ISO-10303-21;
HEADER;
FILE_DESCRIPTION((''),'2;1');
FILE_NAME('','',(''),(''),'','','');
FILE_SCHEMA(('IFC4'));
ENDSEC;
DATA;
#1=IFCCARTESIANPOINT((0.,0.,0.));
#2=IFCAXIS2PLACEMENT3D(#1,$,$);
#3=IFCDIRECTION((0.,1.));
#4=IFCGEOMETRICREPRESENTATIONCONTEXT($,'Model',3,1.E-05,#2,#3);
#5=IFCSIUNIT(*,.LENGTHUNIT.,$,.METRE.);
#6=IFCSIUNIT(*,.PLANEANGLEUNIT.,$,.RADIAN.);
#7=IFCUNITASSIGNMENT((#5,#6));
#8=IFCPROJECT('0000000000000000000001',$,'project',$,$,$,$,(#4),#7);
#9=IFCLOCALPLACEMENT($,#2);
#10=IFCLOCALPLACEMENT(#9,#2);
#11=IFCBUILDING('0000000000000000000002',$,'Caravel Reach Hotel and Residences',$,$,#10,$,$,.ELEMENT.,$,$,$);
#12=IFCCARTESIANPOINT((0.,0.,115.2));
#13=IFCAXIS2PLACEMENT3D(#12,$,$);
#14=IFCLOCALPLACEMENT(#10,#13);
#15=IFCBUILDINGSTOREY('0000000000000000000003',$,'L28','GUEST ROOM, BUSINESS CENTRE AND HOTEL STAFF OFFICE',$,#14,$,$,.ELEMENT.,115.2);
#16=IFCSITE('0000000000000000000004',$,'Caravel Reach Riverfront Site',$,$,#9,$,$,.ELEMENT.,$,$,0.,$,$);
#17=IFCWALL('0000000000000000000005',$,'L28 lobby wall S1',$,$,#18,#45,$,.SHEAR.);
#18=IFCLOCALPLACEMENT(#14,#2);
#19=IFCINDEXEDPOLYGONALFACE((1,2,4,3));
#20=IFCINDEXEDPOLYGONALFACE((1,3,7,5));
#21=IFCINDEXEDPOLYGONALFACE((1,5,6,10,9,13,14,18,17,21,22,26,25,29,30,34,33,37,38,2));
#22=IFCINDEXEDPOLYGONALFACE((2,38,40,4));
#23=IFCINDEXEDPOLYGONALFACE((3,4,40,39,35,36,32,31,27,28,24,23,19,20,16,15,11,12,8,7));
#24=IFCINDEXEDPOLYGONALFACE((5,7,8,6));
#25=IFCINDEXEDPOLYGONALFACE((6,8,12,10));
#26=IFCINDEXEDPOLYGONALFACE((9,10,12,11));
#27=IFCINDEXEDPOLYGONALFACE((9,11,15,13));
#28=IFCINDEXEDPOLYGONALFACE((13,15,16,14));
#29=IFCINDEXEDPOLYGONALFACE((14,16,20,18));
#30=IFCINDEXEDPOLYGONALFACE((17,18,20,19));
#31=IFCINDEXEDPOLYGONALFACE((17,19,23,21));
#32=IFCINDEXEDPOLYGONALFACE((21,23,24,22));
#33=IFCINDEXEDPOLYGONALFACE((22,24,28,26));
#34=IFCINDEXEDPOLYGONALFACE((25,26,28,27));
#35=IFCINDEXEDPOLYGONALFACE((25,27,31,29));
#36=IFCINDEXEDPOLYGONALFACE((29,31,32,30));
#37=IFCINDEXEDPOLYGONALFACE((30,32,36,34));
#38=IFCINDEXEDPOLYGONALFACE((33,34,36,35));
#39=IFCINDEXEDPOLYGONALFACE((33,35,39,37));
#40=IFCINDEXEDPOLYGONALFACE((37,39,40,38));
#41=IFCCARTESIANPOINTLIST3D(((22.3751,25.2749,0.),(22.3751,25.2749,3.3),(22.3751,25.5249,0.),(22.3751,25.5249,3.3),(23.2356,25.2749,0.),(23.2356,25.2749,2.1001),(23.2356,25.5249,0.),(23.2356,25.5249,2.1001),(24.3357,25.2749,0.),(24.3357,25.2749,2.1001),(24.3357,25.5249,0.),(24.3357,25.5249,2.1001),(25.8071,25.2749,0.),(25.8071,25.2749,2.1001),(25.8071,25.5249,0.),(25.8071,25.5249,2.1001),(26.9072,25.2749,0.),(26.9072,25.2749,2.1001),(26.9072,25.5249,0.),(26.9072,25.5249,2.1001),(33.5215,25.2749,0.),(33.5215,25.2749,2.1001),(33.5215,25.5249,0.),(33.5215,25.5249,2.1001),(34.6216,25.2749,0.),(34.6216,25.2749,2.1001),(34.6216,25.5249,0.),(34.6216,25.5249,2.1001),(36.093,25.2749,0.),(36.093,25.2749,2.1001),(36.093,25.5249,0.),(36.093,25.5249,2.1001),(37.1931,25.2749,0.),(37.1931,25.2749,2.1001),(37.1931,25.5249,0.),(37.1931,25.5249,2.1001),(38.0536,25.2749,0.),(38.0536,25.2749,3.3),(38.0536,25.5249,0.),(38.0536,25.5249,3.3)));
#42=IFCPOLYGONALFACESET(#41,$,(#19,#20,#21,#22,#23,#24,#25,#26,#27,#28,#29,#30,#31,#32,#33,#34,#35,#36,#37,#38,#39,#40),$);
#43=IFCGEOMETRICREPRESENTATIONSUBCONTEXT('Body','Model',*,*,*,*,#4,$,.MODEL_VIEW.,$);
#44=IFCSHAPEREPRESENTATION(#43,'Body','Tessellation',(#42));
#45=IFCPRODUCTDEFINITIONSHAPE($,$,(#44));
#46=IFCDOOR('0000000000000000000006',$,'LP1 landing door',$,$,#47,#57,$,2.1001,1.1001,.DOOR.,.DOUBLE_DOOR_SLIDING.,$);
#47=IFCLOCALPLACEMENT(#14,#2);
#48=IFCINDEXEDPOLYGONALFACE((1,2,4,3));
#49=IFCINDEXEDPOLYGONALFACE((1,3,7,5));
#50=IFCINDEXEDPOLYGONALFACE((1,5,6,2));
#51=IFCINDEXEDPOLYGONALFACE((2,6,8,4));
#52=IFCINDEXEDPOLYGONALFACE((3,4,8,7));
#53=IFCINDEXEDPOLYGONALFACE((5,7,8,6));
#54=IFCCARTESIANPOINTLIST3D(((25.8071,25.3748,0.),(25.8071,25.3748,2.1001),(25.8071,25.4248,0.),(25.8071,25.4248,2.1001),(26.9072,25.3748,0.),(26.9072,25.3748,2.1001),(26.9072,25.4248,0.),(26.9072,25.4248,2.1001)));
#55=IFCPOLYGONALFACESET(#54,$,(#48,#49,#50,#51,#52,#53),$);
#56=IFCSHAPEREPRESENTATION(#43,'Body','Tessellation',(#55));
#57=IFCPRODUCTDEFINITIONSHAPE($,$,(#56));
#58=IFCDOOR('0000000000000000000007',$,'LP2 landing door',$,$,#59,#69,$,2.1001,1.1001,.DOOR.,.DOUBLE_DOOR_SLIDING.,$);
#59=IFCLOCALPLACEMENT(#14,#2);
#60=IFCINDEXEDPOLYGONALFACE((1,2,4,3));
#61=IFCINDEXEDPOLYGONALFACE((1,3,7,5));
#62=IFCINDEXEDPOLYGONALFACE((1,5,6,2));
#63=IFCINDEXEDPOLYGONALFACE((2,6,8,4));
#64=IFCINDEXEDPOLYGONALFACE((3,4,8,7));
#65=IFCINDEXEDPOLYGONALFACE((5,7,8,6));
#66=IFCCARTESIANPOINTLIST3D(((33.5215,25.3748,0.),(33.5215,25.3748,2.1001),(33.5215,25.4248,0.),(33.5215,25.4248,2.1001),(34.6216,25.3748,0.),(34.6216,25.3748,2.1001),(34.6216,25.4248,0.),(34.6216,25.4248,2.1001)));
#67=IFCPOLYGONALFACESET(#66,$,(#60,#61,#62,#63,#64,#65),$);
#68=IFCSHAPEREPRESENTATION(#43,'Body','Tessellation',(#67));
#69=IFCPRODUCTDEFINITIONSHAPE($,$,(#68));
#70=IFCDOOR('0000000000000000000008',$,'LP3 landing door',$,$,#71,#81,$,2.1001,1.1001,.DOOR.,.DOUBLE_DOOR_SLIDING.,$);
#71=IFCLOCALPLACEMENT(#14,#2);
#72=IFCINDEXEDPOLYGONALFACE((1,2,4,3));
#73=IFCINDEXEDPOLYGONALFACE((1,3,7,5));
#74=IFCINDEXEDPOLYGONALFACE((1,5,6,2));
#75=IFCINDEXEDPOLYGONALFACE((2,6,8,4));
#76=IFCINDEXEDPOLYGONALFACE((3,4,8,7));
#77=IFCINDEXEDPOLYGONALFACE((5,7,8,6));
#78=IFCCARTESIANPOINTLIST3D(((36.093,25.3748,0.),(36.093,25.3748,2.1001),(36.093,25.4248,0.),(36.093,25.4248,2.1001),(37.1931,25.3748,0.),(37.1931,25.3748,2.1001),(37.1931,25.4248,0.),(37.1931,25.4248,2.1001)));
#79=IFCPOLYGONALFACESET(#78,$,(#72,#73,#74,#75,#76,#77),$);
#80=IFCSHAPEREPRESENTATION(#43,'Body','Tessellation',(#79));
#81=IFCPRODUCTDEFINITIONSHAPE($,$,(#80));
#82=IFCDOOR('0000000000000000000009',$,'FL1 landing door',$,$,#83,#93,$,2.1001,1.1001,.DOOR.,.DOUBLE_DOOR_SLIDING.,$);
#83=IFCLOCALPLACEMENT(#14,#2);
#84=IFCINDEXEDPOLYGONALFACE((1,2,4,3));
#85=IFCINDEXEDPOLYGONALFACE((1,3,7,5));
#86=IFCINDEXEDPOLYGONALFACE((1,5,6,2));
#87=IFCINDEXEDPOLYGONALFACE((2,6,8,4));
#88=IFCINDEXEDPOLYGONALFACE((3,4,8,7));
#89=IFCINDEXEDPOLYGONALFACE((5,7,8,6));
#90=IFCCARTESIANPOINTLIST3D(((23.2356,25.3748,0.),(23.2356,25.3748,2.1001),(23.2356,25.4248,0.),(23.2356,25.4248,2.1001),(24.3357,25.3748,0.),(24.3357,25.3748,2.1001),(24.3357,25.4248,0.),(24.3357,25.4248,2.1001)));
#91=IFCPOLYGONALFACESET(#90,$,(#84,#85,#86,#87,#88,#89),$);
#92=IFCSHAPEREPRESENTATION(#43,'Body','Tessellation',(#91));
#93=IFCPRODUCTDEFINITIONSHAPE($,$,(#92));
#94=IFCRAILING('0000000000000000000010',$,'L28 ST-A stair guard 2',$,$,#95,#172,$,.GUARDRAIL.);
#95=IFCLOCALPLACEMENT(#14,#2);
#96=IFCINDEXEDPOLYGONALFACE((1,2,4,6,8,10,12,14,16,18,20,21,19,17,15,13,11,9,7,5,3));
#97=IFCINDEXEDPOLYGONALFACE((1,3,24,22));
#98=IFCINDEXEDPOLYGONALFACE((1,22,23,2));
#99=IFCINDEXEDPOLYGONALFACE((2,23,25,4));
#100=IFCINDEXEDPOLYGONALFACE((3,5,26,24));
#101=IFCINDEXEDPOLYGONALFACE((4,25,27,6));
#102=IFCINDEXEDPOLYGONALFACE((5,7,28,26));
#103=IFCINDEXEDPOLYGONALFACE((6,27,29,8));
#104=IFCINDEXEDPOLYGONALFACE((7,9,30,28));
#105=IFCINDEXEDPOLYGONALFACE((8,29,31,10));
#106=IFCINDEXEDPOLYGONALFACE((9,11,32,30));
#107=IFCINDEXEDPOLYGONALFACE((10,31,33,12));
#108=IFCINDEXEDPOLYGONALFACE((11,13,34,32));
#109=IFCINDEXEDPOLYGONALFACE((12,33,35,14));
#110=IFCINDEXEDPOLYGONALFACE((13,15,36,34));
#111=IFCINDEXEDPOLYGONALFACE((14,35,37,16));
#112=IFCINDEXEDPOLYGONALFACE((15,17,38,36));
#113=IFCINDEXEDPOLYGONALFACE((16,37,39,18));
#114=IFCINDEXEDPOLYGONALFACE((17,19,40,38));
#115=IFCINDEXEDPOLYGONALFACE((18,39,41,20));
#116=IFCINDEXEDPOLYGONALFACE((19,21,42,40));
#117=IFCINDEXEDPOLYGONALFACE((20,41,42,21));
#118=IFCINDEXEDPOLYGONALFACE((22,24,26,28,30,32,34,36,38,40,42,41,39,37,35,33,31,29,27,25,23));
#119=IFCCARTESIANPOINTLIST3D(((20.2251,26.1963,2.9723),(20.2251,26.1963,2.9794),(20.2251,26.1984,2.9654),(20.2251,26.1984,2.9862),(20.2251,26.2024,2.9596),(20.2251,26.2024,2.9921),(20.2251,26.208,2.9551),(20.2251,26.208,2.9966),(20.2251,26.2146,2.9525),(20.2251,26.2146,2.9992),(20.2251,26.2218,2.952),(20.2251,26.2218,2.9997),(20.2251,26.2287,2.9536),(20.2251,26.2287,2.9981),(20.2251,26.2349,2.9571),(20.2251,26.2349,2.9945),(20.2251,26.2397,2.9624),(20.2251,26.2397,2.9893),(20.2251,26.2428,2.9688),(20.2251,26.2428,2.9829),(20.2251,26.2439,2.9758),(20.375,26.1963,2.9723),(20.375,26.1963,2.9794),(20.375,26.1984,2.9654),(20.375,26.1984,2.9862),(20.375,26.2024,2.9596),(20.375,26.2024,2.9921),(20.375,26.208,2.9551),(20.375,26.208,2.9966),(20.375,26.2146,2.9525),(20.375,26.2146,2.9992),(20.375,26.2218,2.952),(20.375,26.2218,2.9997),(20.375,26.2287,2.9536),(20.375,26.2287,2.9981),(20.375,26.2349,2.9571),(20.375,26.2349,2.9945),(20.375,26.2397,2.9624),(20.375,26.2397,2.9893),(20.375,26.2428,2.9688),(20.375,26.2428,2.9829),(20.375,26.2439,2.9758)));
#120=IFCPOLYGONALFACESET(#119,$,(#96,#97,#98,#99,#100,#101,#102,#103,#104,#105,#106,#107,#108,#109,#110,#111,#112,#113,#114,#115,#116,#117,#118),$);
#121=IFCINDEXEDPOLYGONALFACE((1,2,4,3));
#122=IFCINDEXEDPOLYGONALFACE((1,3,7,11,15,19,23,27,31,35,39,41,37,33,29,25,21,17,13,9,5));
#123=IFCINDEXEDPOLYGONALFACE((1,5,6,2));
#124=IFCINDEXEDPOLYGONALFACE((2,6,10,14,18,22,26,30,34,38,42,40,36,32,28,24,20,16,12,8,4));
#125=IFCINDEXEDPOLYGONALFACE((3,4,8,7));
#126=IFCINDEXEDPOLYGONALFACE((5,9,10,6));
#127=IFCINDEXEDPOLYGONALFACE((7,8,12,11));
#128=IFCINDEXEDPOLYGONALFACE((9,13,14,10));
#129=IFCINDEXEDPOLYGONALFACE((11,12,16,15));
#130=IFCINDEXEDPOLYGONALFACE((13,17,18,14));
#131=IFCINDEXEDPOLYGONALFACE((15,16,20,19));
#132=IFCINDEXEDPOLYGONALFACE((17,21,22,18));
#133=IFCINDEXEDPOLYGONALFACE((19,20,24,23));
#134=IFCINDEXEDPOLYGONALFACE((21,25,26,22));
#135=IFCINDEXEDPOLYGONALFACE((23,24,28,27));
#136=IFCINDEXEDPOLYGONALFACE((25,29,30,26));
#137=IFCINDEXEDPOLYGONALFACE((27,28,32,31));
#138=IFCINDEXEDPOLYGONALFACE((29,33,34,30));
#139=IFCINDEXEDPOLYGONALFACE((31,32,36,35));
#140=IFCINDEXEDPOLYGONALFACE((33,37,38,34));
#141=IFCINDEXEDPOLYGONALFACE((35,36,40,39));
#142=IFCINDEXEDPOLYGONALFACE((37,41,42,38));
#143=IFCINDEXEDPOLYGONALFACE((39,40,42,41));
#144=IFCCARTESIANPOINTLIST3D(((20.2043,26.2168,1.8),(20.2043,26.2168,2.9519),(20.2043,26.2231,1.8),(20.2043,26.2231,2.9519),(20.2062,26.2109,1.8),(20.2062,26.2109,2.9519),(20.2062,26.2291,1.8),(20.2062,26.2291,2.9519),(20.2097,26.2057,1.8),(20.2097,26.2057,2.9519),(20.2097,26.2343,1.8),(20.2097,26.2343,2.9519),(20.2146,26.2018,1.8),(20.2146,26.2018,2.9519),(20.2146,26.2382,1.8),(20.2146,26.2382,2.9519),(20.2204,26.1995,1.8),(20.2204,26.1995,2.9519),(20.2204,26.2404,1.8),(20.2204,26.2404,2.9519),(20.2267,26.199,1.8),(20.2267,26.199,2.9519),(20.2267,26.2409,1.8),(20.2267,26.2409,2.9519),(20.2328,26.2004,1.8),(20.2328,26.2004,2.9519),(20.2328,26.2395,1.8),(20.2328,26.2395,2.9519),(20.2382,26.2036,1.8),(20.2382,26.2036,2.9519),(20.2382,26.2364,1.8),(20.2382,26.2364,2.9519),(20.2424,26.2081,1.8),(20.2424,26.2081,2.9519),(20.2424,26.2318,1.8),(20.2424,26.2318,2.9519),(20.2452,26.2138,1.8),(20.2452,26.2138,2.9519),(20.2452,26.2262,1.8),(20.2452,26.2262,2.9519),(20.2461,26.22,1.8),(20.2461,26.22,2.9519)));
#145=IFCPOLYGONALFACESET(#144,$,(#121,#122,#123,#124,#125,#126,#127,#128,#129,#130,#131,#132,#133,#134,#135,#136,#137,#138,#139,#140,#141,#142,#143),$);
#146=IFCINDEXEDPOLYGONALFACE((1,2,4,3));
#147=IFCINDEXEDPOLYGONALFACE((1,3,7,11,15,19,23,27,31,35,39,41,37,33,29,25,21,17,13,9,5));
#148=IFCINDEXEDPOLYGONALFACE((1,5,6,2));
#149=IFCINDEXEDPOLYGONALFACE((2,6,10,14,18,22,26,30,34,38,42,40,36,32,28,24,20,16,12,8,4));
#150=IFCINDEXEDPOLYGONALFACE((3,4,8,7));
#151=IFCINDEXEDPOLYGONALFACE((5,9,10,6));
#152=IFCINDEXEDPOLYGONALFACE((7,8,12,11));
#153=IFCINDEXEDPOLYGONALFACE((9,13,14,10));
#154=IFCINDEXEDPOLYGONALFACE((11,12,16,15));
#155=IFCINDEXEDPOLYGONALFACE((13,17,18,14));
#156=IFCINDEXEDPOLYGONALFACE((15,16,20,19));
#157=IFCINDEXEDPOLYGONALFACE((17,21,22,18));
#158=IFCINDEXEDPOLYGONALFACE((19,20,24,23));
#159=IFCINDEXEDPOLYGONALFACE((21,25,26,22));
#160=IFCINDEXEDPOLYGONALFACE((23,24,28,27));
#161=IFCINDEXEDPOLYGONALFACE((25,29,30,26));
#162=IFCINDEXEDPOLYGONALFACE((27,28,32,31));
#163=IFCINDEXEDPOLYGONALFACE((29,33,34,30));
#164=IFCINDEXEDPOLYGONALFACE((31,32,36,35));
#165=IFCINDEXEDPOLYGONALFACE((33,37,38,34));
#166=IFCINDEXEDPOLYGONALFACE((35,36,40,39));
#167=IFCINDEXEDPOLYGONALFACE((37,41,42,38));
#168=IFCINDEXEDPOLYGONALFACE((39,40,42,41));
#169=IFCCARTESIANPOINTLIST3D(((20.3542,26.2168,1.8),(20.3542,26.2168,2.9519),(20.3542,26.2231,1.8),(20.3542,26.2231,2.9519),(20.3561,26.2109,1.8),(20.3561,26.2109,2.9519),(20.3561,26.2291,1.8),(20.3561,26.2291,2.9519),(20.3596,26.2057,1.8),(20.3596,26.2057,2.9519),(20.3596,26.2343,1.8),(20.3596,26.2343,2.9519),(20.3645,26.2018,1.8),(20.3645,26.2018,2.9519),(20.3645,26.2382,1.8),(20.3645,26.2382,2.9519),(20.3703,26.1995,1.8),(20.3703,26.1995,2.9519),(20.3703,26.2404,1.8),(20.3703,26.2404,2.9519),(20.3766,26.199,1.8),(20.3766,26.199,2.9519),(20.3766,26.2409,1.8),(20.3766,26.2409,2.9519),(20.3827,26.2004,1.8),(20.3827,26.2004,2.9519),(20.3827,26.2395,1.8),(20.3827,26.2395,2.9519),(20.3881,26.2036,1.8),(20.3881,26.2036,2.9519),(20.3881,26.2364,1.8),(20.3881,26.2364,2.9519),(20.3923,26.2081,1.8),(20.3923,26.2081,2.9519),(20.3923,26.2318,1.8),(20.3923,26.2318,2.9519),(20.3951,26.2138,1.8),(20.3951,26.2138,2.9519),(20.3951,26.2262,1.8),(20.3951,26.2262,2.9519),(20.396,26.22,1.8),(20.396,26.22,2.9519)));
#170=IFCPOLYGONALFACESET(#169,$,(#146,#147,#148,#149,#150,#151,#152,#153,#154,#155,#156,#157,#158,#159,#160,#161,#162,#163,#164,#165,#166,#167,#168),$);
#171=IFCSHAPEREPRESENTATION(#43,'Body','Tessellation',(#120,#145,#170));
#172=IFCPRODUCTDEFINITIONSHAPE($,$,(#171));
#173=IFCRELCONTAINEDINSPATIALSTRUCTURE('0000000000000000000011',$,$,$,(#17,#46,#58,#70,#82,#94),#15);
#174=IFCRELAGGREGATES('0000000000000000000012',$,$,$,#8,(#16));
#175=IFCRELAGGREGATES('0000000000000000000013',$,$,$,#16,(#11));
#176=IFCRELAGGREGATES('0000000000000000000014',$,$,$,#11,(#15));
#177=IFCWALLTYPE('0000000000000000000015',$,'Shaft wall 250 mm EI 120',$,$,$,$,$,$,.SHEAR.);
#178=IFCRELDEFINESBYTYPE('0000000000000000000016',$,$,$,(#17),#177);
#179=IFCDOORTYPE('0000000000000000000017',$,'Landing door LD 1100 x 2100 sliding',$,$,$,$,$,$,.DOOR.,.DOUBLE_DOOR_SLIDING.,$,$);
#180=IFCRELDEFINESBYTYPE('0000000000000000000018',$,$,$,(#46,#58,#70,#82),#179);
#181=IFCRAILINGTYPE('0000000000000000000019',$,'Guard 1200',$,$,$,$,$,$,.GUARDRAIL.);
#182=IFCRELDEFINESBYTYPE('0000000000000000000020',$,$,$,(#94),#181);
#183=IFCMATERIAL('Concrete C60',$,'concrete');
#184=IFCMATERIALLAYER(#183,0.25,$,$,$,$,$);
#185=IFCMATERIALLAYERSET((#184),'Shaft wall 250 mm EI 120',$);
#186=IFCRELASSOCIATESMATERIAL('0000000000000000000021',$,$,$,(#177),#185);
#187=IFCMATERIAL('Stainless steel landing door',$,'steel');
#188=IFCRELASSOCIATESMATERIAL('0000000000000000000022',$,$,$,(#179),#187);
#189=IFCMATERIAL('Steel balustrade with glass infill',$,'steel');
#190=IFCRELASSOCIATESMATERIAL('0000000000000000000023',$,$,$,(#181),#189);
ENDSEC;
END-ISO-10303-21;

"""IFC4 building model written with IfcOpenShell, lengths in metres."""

from ifc_helpers import new_model, si_unit, direction, frame, frame_2d, origin, origin_2d, place, context, subcontext, project, spatial, rectangle, circle, extrude, material, layer, layer_set, type_object, element, fill, save


model = new_model("IFC4")

# Units and contexts
model_context = context("Model", 3, precision=1e-05, world=origin(), true_north=direction((0.0, 1.0)))
body_context = subcontext(model_context, "Body", "Model", "MODEL_VIEW")
ifc_project = project(units=[si_unit("LENGTHUNIT", "METRE"), si_unit("PLANEANGLEUNIT", "RADIAN")], contexts=[model_context])

# Site, building, storey
site_placement = place(None, origin())
site = spatial("IfcSite", under=ifc_project, at=site_placement, Name="Caravel Reach Riverfront Site", CompositionType="ELEMENT", RefElevation=0.0)
building_placement = place(site_placement, origin())
building = spatial("IfcBuilding", under=site, at=building_placement, Name="Caravel Reach Hotel and Residences", CompositionType="ELEMENT")
storey_placement = place(building_placement, frame((0.0, 0.0, 115.2)))
storey = spatial("IfcBuildingStorey", under=building, at=storey_placement, Name="L28", Description="GUEST ROOM, BUSINESS CENTRE AND HOTEL STAFF OFFICE", CompositionType="ELEMENT", Elevation=115.2)

# Wall, openings, doors
ifc_material_1 = material(Name="Concrete C60", Category="concrete")
ifc_layer_1 = layer(ifc_material_1, 0.25)
ifc_layer_set_1 = layer_set([ifc_layer_1], Name="Shaft wall 250 mm EI 120")
wall_type_1 = type_object("IfcWallType", Name="Shaft wall 250 mm EI 120", PredefinedType="SHEAR", material=ifc_layer_set_1)
wall_1_placement = place(storey_placement, frame((22.375, 25.3999, 0.0), z_axis=(0.0, 0.0, 1.0), x_axis=(1.0, 0.0, 0.0)))
wall_1 = element("IfcWall", 1, at=wall_1_placement, inside=storey, type_object=wall_type_1, Name="L28 lobby wall S1", PredefinedType="SHEAR", context=body_context, shape_type="SweptSolid", body=[
    extrude(rectangle(XDim=15.6785, YDim=0.25, at=frame_2d((7.8394, 0.0))), origin(), (0.0, 0.0, 1.0), 3.3),
])
opening_1_placement = place(wall_1_placement, frame((3.4321, 0.0, 0.0)))
opening_1 = element("IfcOpeningElement", 2, at=opening_1_placement, cuts=wall_1, PredefinedType="OPENING", context=body_context, shape_type="SweptSolid", body=[
    extrude(rectangle(XDim=1.1001, YDim=2.1001, at=frame_2d((0.55, 1.05))), frame((0.0, 0.135, 0.0), z_axis=(0.0, -1.0, 0.0), x_axis=(1.0, 0.0, 0.0)), (0.0, 0.0, 1.0), 0.27),
])
opening_2_placement = place(wall_1_placement, frame((11.1465, 0.0, 0.0)))
opening_2 = element("IfcOpeningElement", 3, at=opening_2_placement, cuts=wall_1, PredefinedType="OPENING", context=body_context, shape_type="SweptSolid", body=[
    extrude(rectangle(XDim=1.1001, YDim=2.1001, at=frame_2d((0.55, 1.05))), frame((0.0, 0.135, 0.0), z_axis=(0.0, -1.0, 0.0), x_axis=(1.0, 0.0, 0.0)), (0.0, 0.0, 1.0), 0.27),
])
opening_3_placement = place(wall_1_placement, frame((13.718, 0.0, 0.0)))
opening_3 = element("IfcOpeningElement", 4, at=opening_3_placement, cuts=wall_1, PredefinedType="OPENING", context=body_context, shape_type="SweptSolid", body=[
    extrude(rectangle(XDim=1.1001, YDim=2.1001, at=frame_2d((0.55, 1.05))), frame((0.0, 0.135, 0.0), z_axis=(0.0, -1.0, 0.0), x_axis=(1.0, 0.0, 0.0)), (0.0, 0.0, 1.0), 0.27),
])
opening_4_placement = place(wall_1_placement, frame((0.8606, 0.0, 0.0)))
opening_4 = element("IfcOpeningElement", 5, at=opening_4_placement, cuts=wall_1, PredefinedType="OPENING", context=body_context, shape_type="SweptSolid", body=[
    extrude(rectangle(XDim=1.1001, YDim=2.1001, at=frame_2d((0.55, 1.05))), frame((0.0, 0.135, 0.0), z_axis=(0.0, -1.0, 0.0), x_axis=(1.0, 0.0, 0.0)), (0.0, 0.0, 1.0), 0.27),
])
ifc_material_2 = material(Name="Stainless steel landing door", Category="steel")
door_type_1 = type_object("IfcDoorType", Name="Landing door LD 1100 x 2100 sliding", OperationType="DOUBLE_DOOR_SLIDING", PredefinedType="DOOR", material=ifc_material_2)
door_1_placement = place(opening_1_placement, origin())
door_1 = element("IfcDoor", 6, at=door_1_placement, inside=storey, type_object=door_type_1, Name="LP1 landing door", OperationType="DOUBLE_DOOR_SLIDING", OverallHeight=2.1001, OverallWidth=1.1001, PredefinedType="DOOR", context=body_context, shape_type="SweptSolid", body=[
    extrude(rectangle(XDim=1.1001, YDim=2.1001, at=frame_2d((0.55, 1.05))), frame((0.0, 0.0249, 0.0), z_axis=(0.0, -1.0, 0.0), x_axis=(1.0, 0.0, 0.0)), (0.0, 0.0, 1.0), 0.05),
])
fill(opening_1, door_1)
door_2_placement = place(opening_2_placement, origin())
door_2 = element("IfcDoor", 7, at=door_2_placement, inside=storey, type_object=door_type_1, Name="LP2 landing door", OperationType="DOUBLE_DOOR_SLIDING", OverallHeight=2.1001, OverallWidth=1.1001, PredefinedType="DOOR", context=body_context, shape_type="SweptSolid", body=[
    extrude(rectangle(XDim=1.1001, YDim=2.1001, at=frame_2d((0.55, 1.05))), frame((0.0, 0.0249, 0.0), z_axis=(0.0, -1.0, 0.0), x_axis=(1.0, 0.0, 0.0)), (0.0, 0.0, 1.0), 0.05),
])
fill(opening_2, door_2)
door_3_placement = place(opening_3_placement, origin())
door_3 = element("IfcDoor", 8, at=door_3_placement, inside=storey, type_object=door_type_1, Name="LP3 landing door", OperationType="DOUBLE_DOOR_SLIDING", OverallHeight=2.1001, OverallWidth=1.1001, PredefinedType="DOOR", context=body_context, shape_type="SweptSolid", body=[
    extrude(rectangle(XDim=1.1001, YDim=2.1001, at=frame_2d((0.55, 1.05))), frame((0.0, 0.0249, 0.0), z_axis=(0.0, -1.0, 0.0), x_axis=(1.0, 0.0, 0.0)), (0.0, 0.0, 1.0), 0.05),
])
fill(opening_3, door_3)
door_4_placement = place(opening_4_placement, origin())
door_4 = element("IfcDoor", 9, at=door_4_placement, inside=storey, type_object=door_type_1, Name="FL1 landing door", OperationType="DOUBLE_DOOR_SLIDING", OverallHeight=2.1001, OverallWidth=1.1001, PredefinedType="DOOR", context=body_context, shape_type="SweptSolid", body=[
    extrude(rectangle(XDim=1.1001, YDim=2.1001, at=frame_2d((0.55, 1.05))), frame((0.0, 0.0249, 0.0), z_axis=(0.0, -1.0, 0.0), x_axis=(1.0, 0.0, 0.0)), (0.0, 0.0, 1.0), 0.05),
])
fill(opening_4, door_4)

# Railing
ifc_material_3 = material(Name="Steel balustrade with glass infill", Category="steel")
railing_type = type_object("IfcRailingType", Name="Guard 1200", PredefinedType="GUARDRAIL", material=ifc_material_3)
railing_placement = place(storey_placement, frame((20.2251, 26.22, 1.8)))
element("IfcRailing", 10, at=railing_placement, inside=storey, type_object=railing_type, Name="L28 ST-A stair guard 2", PredefinedType="GUARDRAIL", context=body_context, shape_type="SweptSolid", body=[
    extrude(circle(Radius=0.0239, at=origin_2d()), frame((0.0, 0.0, 1.1758), z_axis=(1.0, 0.0, 0.0), x_axis=(0.0, 1.0, 0.0)), (0.0, 0.0, 1.0), 0.1499),
    extrude(circle(Radius=0.021, at=origin_2d()), origin(), (0.0, 0.0, 1.0), 1.1519),
    extrude(circle(Radius=0.021, at=origin_2d()), frame((0.1499, 0.0, 0.0)), (0.0, 0.0, 1.0), 1.1519),
])

save(model, "model.ifc")
